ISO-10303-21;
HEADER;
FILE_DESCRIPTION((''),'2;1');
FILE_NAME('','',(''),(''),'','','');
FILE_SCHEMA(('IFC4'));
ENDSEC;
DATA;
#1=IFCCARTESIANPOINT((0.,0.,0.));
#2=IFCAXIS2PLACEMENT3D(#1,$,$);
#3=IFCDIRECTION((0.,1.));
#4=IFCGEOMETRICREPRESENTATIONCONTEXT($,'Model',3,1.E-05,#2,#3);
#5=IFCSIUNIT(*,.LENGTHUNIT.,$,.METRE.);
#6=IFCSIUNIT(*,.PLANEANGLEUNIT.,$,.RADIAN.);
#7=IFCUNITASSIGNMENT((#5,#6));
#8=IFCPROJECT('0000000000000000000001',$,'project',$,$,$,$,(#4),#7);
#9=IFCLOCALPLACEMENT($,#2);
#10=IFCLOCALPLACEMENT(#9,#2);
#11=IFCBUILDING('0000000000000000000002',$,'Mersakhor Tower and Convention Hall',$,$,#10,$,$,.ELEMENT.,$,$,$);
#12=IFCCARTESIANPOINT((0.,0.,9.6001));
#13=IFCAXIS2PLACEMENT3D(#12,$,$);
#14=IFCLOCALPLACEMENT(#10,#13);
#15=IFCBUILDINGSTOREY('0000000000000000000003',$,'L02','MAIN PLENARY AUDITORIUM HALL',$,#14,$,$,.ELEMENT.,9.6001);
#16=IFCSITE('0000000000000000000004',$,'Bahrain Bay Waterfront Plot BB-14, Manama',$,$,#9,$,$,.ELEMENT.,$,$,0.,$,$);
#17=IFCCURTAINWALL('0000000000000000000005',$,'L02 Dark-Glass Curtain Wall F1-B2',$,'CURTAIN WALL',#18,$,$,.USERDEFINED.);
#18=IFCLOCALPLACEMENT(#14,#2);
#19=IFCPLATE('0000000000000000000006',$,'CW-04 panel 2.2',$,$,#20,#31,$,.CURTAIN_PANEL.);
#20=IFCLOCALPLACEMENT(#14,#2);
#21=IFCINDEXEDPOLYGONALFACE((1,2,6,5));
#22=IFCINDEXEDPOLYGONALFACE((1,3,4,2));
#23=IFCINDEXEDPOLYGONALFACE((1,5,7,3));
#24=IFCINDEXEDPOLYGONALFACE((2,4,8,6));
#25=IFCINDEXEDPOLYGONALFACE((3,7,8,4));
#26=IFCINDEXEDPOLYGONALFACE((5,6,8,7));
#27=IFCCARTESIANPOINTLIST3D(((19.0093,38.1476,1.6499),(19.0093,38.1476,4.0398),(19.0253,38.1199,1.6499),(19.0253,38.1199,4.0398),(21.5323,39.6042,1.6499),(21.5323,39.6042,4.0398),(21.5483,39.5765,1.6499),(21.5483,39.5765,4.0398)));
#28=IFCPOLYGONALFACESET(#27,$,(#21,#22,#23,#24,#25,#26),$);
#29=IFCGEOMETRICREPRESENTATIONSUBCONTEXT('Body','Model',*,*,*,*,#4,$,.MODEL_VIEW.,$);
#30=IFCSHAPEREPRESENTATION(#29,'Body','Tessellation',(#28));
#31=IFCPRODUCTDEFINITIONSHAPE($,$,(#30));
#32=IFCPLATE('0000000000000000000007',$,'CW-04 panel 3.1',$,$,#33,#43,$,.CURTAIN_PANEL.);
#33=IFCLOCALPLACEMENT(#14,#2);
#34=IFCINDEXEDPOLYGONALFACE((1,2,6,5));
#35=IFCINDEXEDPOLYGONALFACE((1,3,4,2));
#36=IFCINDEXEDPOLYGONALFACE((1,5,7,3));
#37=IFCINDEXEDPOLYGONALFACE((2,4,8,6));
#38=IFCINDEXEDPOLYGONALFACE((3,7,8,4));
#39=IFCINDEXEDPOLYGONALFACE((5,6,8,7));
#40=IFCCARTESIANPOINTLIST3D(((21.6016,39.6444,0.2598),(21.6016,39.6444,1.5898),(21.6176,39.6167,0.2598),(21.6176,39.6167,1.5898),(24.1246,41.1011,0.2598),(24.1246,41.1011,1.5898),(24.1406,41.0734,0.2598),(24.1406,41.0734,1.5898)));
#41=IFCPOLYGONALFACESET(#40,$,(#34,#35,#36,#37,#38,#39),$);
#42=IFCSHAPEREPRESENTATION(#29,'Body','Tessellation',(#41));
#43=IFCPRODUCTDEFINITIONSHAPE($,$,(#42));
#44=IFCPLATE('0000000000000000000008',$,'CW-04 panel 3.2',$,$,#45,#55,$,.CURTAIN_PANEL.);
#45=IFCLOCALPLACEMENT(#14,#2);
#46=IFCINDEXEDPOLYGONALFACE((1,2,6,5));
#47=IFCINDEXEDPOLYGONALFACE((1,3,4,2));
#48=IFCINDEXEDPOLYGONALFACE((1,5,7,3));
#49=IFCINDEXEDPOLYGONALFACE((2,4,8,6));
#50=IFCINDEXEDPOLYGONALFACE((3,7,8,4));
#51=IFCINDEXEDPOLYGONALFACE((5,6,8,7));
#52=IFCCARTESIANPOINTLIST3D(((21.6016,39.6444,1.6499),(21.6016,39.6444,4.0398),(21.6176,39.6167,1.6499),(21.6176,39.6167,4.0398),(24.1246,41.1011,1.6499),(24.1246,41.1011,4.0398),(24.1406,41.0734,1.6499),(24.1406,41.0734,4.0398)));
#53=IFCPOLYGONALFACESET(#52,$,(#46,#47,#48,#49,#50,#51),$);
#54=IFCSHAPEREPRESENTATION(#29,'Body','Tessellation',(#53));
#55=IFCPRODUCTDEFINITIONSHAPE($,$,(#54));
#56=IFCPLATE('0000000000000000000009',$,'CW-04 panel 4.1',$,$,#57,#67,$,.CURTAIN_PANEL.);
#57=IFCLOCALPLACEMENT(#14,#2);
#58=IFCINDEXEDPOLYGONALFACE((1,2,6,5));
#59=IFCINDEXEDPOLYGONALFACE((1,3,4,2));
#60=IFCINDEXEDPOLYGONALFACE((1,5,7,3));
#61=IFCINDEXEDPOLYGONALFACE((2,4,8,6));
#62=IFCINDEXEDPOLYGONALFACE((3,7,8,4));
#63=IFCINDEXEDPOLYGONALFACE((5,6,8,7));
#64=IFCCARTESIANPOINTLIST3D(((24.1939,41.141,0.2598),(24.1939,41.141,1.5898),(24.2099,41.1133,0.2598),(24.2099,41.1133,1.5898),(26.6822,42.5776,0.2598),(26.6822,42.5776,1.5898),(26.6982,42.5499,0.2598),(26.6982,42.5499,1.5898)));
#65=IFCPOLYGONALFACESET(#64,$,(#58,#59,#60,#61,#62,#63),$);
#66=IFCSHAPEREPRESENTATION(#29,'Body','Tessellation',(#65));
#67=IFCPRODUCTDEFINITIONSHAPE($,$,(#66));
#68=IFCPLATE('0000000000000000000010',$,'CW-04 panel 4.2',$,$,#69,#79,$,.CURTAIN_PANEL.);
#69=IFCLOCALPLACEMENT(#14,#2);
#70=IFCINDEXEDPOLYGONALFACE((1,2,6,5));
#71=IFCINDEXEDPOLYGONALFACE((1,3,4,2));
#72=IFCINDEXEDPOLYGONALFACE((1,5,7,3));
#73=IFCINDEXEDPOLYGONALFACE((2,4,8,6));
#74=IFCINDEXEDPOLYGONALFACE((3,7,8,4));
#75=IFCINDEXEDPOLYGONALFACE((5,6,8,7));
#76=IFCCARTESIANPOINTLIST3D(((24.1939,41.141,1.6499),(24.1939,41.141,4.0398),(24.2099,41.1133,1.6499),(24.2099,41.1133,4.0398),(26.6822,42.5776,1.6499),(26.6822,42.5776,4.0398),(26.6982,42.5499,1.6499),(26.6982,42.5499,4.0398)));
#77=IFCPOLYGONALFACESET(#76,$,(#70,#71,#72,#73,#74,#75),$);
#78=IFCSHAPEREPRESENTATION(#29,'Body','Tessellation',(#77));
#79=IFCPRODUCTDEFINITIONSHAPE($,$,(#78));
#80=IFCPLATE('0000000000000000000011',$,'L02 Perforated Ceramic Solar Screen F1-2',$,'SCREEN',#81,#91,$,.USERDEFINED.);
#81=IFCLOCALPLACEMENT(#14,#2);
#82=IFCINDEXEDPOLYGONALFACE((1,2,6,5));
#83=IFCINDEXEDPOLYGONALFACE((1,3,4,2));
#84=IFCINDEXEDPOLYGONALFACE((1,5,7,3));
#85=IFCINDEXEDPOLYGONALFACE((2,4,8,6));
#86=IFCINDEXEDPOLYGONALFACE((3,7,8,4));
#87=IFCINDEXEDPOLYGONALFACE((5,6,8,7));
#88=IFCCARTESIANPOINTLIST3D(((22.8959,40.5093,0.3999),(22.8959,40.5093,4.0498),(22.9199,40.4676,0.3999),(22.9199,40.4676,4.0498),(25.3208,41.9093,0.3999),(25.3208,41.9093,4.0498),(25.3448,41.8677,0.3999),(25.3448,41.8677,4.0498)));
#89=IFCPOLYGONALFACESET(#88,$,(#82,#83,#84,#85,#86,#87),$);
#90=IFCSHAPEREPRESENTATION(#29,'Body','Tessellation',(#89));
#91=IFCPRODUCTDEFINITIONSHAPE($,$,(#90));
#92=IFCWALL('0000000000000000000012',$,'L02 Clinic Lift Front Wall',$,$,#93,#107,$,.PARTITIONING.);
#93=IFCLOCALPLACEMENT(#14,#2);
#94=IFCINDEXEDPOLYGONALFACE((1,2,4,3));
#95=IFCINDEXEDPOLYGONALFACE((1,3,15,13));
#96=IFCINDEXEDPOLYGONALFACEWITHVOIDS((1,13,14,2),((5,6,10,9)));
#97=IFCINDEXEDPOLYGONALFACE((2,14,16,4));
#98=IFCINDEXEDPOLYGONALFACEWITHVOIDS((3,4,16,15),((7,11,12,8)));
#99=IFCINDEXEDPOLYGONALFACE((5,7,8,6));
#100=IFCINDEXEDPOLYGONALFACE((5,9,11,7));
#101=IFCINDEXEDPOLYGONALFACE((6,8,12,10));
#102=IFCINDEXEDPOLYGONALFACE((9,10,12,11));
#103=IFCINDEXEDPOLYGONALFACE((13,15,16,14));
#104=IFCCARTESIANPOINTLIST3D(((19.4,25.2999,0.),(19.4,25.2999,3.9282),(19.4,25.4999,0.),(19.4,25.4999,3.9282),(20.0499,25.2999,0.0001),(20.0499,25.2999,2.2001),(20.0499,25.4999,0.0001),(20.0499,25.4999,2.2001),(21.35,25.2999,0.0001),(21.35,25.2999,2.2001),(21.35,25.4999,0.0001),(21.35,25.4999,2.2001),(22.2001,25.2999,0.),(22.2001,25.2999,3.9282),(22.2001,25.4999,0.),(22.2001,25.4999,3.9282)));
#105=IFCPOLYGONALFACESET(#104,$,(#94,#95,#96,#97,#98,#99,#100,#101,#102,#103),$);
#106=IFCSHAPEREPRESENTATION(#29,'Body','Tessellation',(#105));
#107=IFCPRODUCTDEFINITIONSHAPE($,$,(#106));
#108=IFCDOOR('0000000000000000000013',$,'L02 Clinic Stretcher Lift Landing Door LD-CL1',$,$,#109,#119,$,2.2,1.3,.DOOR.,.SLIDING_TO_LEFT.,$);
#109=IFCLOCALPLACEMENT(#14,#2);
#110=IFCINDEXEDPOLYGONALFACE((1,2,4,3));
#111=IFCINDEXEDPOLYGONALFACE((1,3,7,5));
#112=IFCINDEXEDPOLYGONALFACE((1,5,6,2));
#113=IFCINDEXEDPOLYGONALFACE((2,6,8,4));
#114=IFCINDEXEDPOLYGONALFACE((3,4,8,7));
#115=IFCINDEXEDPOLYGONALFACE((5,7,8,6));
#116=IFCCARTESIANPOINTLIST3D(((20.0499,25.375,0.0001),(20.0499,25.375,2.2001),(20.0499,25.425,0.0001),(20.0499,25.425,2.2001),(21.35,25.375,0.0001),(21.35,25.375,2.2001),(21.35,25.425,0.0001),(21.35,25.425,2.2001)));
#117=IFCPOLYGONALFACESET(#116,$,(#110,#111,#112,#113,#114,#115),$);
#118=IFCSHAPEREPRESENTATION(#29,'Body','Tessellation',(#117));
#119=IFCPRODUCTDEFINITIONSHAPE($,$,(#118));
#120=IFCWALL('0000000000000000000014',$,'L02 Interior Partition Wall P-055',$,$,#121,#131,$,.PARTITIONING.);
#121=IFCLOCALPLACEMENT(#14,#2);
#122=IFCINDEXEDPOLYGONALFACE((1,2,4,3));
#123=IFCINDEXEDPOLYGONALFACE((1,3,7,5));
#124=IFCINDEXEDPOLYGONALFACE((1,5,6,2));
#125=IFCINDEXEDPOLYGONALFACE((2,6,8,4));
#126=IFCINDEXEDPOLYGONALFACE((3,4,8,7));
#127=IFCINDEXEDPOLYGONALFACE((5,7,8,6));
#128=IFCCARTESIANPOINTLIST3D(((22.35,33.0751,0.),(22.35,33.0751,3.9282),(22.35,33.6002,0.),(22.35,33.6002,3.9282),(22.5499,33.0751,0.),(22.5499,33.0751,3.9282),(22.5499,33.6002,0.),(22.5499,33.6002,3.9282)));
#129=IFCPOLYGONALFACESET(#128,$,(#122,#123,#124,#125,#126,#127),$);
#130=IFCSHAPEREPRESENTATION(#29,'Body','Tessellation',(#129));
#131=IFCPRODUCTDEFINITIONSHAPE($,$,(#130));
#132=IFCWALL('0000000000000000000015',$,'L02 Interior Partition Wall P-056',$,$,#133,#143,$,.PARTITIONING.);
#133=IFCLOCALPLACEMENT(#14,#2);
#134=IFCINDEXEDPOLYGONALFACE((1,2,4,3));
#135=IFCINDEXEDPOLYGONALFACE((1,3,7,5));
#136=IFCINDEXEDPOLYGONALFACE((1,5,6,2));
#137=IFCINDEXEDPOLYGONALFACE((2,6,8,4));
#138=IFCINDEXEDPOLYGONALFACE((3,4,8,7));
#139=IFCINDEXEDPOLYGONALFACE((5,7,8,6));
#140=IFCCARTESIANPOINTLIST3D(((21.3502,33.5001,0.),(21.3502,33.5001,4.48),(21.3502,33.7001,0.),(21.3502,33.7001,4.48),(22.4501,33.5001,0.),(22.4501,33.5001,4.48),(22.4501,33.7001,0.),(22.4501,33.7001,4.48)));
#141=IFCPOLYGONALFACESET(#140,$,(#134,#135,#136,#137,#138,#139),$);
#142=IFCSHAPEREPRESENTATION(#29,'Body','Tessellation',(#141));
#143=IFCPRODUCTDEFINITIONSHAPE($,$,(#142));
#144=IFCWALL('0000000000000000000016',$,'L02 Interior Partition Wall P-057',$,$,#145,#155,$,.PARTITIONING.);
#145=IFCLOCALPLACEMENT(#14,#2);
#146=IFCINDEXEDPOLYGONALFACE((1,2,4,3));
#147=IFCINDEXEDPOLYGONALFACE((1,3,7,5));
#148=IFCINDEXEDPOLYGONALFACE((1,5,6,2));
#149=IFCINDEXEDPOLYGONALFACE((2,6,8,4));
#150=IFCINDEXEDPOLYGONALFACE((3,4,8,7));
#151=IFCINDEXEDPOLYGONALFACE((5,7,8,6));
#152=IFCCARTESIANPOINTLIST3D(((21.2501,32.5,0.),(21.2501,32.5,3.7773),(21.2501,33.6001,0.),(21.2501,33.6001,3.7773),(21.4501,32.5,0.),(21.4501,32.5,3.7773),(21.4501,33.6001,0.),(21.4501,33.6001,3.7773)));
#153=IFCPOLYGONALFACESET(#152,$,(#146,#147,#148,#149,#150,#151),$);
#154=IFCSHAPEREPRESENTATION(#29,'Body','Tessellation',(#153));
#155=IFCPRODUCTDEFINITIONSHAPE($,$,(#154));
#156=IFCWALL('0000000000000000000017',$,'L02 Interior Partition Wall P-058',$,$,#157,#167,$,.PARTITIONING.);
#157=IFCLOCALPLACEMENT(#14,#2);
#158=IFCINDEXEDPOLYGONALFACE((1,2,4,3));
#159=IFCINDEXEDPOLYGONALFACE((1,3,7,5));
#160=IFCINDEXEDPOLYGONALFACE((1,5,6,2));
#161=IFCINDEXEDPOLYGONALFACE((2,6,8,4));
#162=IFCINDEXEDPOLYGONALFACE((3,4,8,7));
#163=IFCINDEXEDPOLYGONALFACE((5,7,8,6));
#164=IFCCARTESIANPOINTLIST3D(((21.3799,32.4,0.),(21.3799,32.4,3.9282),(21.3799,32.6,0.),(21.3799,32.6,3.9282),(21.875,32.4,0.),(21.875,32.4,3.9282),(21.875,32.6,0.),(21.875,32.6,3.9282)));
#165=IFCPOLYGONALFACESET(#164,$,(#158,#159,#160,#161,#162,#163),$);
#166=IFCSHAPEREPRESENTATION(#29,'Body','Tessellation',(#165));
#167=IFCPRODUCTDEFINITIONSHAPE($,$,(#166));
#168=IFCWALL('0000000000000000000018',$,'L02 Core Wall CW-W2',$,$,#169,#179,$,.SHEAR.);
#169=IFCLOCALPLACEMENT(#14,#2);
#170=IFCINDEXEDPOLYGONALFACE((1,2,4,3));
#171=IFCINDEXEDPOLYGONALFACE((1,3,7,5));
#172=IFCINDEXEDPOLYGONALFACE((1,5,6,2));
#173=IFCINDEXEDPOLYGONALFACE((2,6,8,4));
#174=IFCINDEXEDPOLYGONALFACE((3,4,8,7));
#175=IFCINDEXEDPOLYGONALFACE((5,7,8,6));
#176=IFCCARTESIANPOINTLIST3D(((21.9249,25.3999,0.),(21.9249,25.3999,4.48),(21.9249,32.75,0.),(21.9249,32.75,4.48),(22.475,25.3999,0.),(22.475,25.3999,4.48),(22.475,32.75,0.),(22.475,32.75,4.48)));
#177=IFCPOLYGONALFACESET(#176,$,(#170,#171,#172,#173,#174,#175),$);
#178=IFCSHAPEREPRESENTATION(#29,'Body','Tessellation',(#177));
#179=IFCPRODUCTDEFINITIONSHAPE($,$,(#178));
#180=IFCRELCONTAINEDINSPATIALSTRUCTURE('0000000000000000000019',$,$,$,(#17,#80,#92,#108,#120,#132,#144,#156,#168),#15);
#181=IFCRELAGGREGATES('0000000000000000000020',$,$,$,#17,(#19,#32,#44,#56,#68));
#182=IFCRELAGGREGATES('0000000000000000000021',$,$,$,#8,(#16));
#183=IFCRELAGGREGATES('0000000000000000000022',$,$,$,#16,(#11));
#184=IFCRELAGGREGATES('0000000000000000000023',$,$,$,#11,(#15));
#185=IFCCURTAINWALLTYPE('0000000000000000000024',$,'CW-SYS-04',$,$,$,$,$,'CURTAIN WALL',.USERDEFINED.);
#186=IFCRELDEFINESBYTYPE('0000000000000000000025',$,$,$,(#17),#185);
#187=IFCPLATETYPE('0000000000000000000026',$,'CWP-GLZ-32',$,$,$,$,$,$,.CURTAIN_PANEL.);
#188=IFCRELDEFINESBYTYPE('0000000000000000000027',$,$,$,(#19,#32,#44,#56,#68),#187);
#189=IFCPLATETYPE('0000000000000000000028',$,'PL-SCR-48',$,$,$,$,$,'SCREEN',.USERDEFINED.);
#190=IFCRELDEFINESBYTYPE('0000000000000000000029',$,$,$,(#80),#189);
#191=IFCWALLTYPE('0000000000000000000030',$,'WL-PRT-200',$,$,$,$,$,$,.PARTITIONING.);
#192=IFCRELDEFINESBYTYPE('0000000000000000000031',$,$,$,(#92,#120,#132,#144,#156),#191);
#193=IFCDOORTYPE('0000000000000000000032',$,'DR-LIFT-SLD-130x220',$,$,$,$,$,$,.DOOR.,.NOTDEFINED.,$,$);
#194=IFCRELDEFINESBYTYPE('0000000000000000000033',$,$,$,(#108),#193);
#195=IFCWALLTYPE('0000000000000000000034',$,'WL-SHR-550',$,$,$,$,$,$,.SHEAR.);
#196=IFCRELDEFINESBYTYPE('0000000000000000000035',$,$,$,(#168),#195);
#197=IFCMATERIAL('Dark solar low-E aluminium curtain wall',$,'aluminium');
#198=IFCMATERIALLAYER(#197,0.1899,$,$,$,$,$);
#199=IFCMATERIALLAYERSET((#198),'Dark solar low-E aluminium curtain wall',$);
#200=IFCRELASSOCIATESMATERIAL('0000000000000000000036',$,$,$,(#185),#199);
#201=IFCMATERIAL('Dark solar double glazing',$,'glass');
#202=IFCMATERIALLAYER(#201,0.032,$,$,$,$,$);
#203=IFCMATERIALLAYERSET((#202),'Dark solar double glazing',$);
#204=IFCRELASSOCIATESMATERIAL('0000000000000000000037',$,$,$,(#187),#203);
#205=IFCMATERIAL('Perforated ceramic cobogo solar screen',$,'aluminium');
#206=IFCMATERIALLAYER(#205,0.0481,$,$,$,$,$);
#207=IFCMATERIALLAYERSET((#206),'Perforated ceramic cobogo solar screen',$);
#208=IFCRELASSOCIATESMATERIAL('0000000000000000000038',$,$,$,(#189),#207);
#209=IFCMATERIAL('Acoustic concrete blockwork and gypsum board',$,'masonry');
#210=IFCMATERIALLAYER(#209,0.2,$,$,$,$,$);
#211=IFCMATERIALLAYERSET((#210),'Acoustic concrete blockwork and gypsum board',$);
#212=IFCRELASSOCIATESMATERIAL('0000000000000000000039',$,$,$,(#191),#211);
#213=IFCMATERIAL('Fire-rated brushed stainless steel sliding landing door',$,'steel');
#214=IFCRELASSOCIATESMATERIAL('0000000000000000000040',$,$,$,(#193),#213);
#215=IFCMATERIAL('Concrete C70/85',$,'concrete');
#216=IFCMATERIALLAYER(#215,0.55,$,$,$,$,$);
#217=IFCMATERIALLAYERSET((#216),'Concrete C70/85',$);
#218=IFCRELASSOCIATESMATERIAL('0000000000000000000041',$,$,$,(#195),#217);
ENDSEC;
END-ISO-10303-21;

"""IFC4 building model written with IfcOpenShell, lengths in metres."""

from ifc_helpers import new_model, si_unit, direction, frame, frame_2d, origin, origin_2d, place, context, subcontext, project, spatial, rectangle, extrude, material, layer, layer_set, type_object, element, fill, aggregate, save


model = new_model("IFC4")

# Units and contexts
model_context = context("Model", 3, precision=1e-05, world=origin(), true_north=direction((0.0, 1.0)))
body_context = subcontext(model_context, "Body", "Model", "MODEL_VIEW")
ifc_project = project(units=[si_unit("LENGTHUNIT", "METRE"), si_unit("PLANEANGLEUNIT", "RADIAN")], contexts=[model_context])

# Site, building, storey
site_placement = place(None, origin())
site = spatial("IfcSite", under=ifc_project, at=site_placement, Name="Bahrain Bay Waterfront Plot BB-14, Manama", CompositionType="ELEMENT", RefElevation=0.0)
building_placement = place(site_placement, origin())
building = spatial("IfcBuilding", under=site, at=building_placement, Name="Mersakhor Tower and Convention Hall", CompositionType="ELEMENT")
storey_placement = place(building_placement, frame((0.0, 0.0, 9.6001)))
storey = spatial("IfcBuildingStorey", under=building, at=storey_placement, Name="L02", Description="MAIN PLENARY AUDITORIUM HALL", CompositionType="ELEMENT", Elevation=9.6001)

# Curtain wall, plates
ifc_material_1 = material(Name="Dark solar low-E aluminium curtain wall", Category="aluminium")
ifc_layer_1 = layer(ifc_material_1, 0.1899)
ifc_layer_set_1 = layer_set([ifc_layer_1], Name="Dark solar low-E aluminium curtain wall")
curtain_wall_type = type_object("IfcCurtainWallType", Name="CW-SYS-04", ElementType="CURTAIN WALL", PredefinedType="USERDEFINED", material=ifc_layer_set_1)
curtain_wall_placement = place(storey_placement, origin())
curtain_wall = element("IfcCurtainWall", 1, at=curtain_wall_placement, inside=storey, type_object=curtain_wall_type, Name="L02 Dark-Glass Curtain Wall F1-B2", ObjectType="CURTAIN WALL", PredefinedType="USERDEFINED")
ifc_material_2 = material(Name="Dark solar double glazing", Category="glass")
ifc_layer_2 = layer(ifc_material_2, 0.032)
ifc_layer_set_2 = layer_set([ifc_layer_2], Name="Dark solar double glazing")
plate_type_1 = type_object("IfcPlateType", Name="CWP-GLZ-32", PredefinedType="CURTAIN_PANEL", material=ifc_layer_set_2)
plate_1_placement = place(storey_placement, frame((20.2788, 38.8621, 1.6499), z_axis=(0.0, 0.0, 1.0), x_axis=(0.866023, 0.500003, 0.0)))
plate_1 = element("IfcPlate", 2, at=plate_1_placement, type_object=plate_type_1, Name="CW-04 panel 2.2", PredefinedType="CURTAIN_PANEL", context=body_context, shape_type="SweptSolid", body=[
    extrude(rectangle(XDim=2.9133, YDim=0.032, at=origin_2d()), origin(), (0.0, 0.0, 1.0), 2.3899),
])
plate_2_placement = place(storey_placement, frame((22.8711, 40.3589, 0.2598), z_axis=(0.0, 0.0, 1.0), x_axis=(0.866023, 0.500003, 0.0)))
plate_2 = element("IfcPlate", 3, at=plate_2_placement, type_object=plate_type_1, Name="CW-04 panel 3.1", PredefinedType="CURTAIN_PANEL", context=body_context, shape_type="SweptSolid", body=[
    extrude(rectangle(XDim=2.9133, YDim=0.032, at=origin_2d()), origin(), (0.0, 0.0, 1.0), 1.3301),
])
plate_3_placement = place(storey_placement, frame((22.8711, 40.3589, 1.6499), z_axis=(0.0, 0.0, 1.0), x_axis=(0.866023, 0.500003, 0.0)))
plate_3 = element("IfcPlate", 4, at=plate_3_placement, type_object=plate_type_1, Name="CW-04 panel 3.2", PredefinedType="CURTAIN_PANEL", context=body_context, shape_type="SweptSolid", body=[
    extrude(rectangle(XDim=2.9133, YDim=0.032, at=origin_2d()), origin(), (0.0, 0.0, 1.0), 2.3899),
])
plate_4_placement = place(storey_placement, frame((25.446, 41.8455, 0.2598), z_axis=(0.0, 0.0, 1.0), x_axis=(0.866023, 0.500003, 0.0)))
plate_4 = element("IfcPlate", 5, at=plate_4_placement, type_object=plate_type_1, Name="CW-04 panel 4.1", PredefinedType="CURTAIN_PANEL", context=body_context, shape_type="SweptSolid", body=[
    extrude(rectangle(XDim=2.8733, YDim=0.032, at=origin_2d()), origin(), (0.0, 0.0, 1.0), 1.3301),
])
plate_5_placement = place(storey_placement, frame((25.446, 41.8455, 1.6499), z_axis=(0.0, 0.0, 1.0), x_axis=(0.866023, 0.500003, 0.0)))
plate_5 = element("IfcPlate", 6, at=plate_5_placement, type_object=plate_type_1, Name="CW-04 panel 4.2", PredefinedType="CURTAIN_PANEL", context=body_context, shape_type="SweptSolid", body=[
    extrude(rectangle(XDim=2.8733, YDim=0.032, at=origin_2d()), origin(), (0.0, 0.0, 1.0), 2.3899),
])
aggregate(curtain_wall, [plate_1, plate_2, plate_3, plate_4, plate_5])

# Plate
ifc_material_3 = material(Name="Perforated ceramic cobogo solar screen", Category="aluminium")
ifc_layer_3 = layer(ifc_material_3, 0.0481)
ifc_layer_set_3 = layer_set([ifc_layer_3], Name="Perforated ceramic cobogo solar screen")
plate_type_2 = type_object("IfcPlateType", Name="PL-SCR-48", ElementType="SCREEN", PredefinedType="USERDEFINED", material=ifc_layer_set_3)
plate_6_placement = place(storey_placement, frame((24.1204, 41.1885, 0.3999), z_axis=(0.0, 0.0, 1.0), x_axis=(0.866025, 0.5, 0.0)))
element("IfcPlate", 7, at=plate_6_placement, inside=storey, type_object=plate_type_2, Name="L02 Perforated Ceramic Solar Screen F1-2", ObjectType="SCREEN", PredefinedType="USERDEFINED", context=body_context, shape_type="SweptSolid", body=[
    extrude(rectangle(XDim=2.8, YDim=0.0481, at=origin_2d()), origin(), (0.0, 0.0, 1.0), 3.6499),
])

# Wall, opening, door
ifc_material_4 = material(Name="Acoustic concrete blockwork and gypsum board", Category="masonry")
ifc_layer_4 = layer(ifc_material_4, 0.2)
ifc_layer_set_4 = layer_set([ifc_layer_4], Name="Acoustic concrete blockwork and gypsum board")
wall_type_1 = type_object("IfcWallType", Name="WL-PRT-200", PredefinedType="PARTITIONING", material=ifc_layer_set_4)
wall_1_placement = place(storey_placement, frame((22.2, 25.3999, 0.0), z_axis=(0.0, 0.0, 1.0), x_axis=(-1.0, 0.0, 0.0)))
wall_1 = element("IfcWall", 8, at=wall_1_placement, inside=storey, type_object=wall_type_1, Name="L02 Clinic Lift Front Wall", PredefinedType="PARTITIONING", context=body_context, shape_type="SweptSolid", body=[
    extrude(rectangle(XDim=2.8, YDim=0.2, at=frame_2d((1.3999, 0.0))), origin(), (0.0, 0.0, 1.0), 3.9282),
])
opening_1_placement = place(wall_1_placement, frame((0.8501, 0.0, 0.0)))
opening_1 = element("IfcOpeningElement", 9, at=opening_1_placement, cuts=wall_1, PredefinedType="OPENING", context=body_context, shape_type="SweptSolid", body=[
    extrude(rectangle(XDim=1.3, YDim=2.2, at=frame_2d((0.6499, 1.1001))), frame((0.0, 0.1099, 0.0), z_axis=(0.0, -1.0, 0.0), x_axis=(1.0, 0.0, 0.0)), (0.0, 0.0, 1.0), 0.22),
])
ifc_material_5 = material(Name="Fire-rated brushed stainless steel sliding landing door", Category="steel")
door_type_1 = type_object("IfcDoorType", Name="DR-LIFT-SLD-130x220", OperationType="NOTDEFINED", PredefinedType="DOOR", material=ifc_material_5)
door_1_placement = place(opening_1_placement, origin())
door_1 = element("IfcDoor", 10, at=door_1_placement, inside=storey, type_object=door_type_1, Name="L02 Clinic Stretcher Lift Landing Door LD-CL1", OperationType="SLIDING_TO_LEFT", OverallHeight=2.2, OverallWidth=1.3, PredefinedType="DOOR", context=body_context, shape_type="SweptSolid", body=[
    extrude(rectangle(XDim=1.3, YDim=2.2, at=frame_2d((0.6499, 1.1001))), frame((0.0, 0.0249, 0.0), z_axis=(0.0, -1.0, 0.0), x_axis=(1.0, 0.0, 0.0)), (0.0, 0.0, 1.0), 0.05),
])
fill(opening_1, door_1)

# Walls
wall_2_placement = place(storey_placement, frame((22.45, 33.075, 0.0), z_axis=(0.0, 0.0, 1.0), x_axis=(0.0, 1.0, 0.0)))
element("IfcWall", 11, at=wall_2_placement, inside=storey, type_object=wall_type_1, Name="L02 Interior Partition Wall P-055", PredefinedType="PARTITIONING", context=body_context, shape_type="SweptSolid", body=[
    extrude(rectangle(XDim=0.5251, YDim=0.2, at=frame_2d((0.2627, 0.0))), origin(), (0.0, 0.0, 1.0), 3.9282),
])
wall_3_placement = place(storey_placement, frame((22.45, 33.6001, 0.0), z_axis=(0.0, 0.0, 1.0), x_axis=(-1.0, 0.0, 0.0)))
element("IfcWall", 12, at=wall_3_placement, inside=storey, type_object=wall_type_1, Name="L02 Interior Partition Wall P-056", PredefinedType="PARTITIONING", context=body_context, shape_type="SweptSolid", body=[
    extrude(rectangle(XDim=1.0999, YDim=0.2, at=frame_2d((0.5498, 0.0))), origin(), (0.0, 0.0, 1.0), 4.48),
])
wall_4_placement = place(storey_placement, frame((21.3501, 33.6001, 0.0), z_axis=(0.0, 0.0, 1.0), x_axis=(0.0, -1.0, 0.0)))
element("IfcWall", 13, at=wall_4_placement, inside=storey, type_object=wall_type_1, Name="L02 Interior Partition Wall P-057", PredefinedType="PARTITIONING", context=body_context, shape_type="SweptSolid", body=[
    extrude(rectangle(XDim=1.1001, YDim=0.2, at=frame_2d((0.55, 0.0))), origin(), (0.0, 0.0, 1.0), 3.7773),
])
wall_5_placement = place(storey_placement, frame((21.3799, 32.5, 0.0), z_axis=(0.0, 0.0, 1.0), x_axis=(1.0, 0.0, 0.0)))
element("IfcWall", 14, at=wall_5_placement, inside=storey, type_object=wall_type_1, Name="L02 Interior Partition Wall P-058", PredefinedType="PARTITIONING", context=body_context, shape_type="SweptSolid", body=[
    extrude(rectangle(XDim=0.4951, YDim=0.2, at=frame_2d((0.2476, 0.0))), origin(), (0.0, 0.0, 1.0), 3.9282),
])

# Wall
ifc_material_6 = material(Name="Concrete C70/85", Category="concrete")
ifc_layer_5 = layer(ifc_material_6, 0.55)
ifc_layer_set_5 = layer_set([ifc_layer_5], Name="Concrete C70/85")
wall_type_2 = type_object("IfcWallType", Name="WL-SHR-550", PredefinedType="SHEAR", material=ifc_layer_set_5)
wall_6_placement = place(storey_placement, frame((22.2, 25.3999, 0.0), z_axis=(0.0, 0.0, 1.0), x_axis=(0.0, 1.0, 0.0)))
element("IfcWall", 15, at=wall_6_placement, inside=storey, type_object=wall_type_2, Name="L02 Core Wall CW-W2", PredefinedType="SHEAR", context=body_context, shape_type="SweptSolid", body=[
    extrude(rectangle(XDim=7.3501, YDim=0.55, at=frame_2d((3.675, 0.0))), origin(), (0.0, 0.0, 1.0), 4.48),
])

save(model, "model.ifc")
